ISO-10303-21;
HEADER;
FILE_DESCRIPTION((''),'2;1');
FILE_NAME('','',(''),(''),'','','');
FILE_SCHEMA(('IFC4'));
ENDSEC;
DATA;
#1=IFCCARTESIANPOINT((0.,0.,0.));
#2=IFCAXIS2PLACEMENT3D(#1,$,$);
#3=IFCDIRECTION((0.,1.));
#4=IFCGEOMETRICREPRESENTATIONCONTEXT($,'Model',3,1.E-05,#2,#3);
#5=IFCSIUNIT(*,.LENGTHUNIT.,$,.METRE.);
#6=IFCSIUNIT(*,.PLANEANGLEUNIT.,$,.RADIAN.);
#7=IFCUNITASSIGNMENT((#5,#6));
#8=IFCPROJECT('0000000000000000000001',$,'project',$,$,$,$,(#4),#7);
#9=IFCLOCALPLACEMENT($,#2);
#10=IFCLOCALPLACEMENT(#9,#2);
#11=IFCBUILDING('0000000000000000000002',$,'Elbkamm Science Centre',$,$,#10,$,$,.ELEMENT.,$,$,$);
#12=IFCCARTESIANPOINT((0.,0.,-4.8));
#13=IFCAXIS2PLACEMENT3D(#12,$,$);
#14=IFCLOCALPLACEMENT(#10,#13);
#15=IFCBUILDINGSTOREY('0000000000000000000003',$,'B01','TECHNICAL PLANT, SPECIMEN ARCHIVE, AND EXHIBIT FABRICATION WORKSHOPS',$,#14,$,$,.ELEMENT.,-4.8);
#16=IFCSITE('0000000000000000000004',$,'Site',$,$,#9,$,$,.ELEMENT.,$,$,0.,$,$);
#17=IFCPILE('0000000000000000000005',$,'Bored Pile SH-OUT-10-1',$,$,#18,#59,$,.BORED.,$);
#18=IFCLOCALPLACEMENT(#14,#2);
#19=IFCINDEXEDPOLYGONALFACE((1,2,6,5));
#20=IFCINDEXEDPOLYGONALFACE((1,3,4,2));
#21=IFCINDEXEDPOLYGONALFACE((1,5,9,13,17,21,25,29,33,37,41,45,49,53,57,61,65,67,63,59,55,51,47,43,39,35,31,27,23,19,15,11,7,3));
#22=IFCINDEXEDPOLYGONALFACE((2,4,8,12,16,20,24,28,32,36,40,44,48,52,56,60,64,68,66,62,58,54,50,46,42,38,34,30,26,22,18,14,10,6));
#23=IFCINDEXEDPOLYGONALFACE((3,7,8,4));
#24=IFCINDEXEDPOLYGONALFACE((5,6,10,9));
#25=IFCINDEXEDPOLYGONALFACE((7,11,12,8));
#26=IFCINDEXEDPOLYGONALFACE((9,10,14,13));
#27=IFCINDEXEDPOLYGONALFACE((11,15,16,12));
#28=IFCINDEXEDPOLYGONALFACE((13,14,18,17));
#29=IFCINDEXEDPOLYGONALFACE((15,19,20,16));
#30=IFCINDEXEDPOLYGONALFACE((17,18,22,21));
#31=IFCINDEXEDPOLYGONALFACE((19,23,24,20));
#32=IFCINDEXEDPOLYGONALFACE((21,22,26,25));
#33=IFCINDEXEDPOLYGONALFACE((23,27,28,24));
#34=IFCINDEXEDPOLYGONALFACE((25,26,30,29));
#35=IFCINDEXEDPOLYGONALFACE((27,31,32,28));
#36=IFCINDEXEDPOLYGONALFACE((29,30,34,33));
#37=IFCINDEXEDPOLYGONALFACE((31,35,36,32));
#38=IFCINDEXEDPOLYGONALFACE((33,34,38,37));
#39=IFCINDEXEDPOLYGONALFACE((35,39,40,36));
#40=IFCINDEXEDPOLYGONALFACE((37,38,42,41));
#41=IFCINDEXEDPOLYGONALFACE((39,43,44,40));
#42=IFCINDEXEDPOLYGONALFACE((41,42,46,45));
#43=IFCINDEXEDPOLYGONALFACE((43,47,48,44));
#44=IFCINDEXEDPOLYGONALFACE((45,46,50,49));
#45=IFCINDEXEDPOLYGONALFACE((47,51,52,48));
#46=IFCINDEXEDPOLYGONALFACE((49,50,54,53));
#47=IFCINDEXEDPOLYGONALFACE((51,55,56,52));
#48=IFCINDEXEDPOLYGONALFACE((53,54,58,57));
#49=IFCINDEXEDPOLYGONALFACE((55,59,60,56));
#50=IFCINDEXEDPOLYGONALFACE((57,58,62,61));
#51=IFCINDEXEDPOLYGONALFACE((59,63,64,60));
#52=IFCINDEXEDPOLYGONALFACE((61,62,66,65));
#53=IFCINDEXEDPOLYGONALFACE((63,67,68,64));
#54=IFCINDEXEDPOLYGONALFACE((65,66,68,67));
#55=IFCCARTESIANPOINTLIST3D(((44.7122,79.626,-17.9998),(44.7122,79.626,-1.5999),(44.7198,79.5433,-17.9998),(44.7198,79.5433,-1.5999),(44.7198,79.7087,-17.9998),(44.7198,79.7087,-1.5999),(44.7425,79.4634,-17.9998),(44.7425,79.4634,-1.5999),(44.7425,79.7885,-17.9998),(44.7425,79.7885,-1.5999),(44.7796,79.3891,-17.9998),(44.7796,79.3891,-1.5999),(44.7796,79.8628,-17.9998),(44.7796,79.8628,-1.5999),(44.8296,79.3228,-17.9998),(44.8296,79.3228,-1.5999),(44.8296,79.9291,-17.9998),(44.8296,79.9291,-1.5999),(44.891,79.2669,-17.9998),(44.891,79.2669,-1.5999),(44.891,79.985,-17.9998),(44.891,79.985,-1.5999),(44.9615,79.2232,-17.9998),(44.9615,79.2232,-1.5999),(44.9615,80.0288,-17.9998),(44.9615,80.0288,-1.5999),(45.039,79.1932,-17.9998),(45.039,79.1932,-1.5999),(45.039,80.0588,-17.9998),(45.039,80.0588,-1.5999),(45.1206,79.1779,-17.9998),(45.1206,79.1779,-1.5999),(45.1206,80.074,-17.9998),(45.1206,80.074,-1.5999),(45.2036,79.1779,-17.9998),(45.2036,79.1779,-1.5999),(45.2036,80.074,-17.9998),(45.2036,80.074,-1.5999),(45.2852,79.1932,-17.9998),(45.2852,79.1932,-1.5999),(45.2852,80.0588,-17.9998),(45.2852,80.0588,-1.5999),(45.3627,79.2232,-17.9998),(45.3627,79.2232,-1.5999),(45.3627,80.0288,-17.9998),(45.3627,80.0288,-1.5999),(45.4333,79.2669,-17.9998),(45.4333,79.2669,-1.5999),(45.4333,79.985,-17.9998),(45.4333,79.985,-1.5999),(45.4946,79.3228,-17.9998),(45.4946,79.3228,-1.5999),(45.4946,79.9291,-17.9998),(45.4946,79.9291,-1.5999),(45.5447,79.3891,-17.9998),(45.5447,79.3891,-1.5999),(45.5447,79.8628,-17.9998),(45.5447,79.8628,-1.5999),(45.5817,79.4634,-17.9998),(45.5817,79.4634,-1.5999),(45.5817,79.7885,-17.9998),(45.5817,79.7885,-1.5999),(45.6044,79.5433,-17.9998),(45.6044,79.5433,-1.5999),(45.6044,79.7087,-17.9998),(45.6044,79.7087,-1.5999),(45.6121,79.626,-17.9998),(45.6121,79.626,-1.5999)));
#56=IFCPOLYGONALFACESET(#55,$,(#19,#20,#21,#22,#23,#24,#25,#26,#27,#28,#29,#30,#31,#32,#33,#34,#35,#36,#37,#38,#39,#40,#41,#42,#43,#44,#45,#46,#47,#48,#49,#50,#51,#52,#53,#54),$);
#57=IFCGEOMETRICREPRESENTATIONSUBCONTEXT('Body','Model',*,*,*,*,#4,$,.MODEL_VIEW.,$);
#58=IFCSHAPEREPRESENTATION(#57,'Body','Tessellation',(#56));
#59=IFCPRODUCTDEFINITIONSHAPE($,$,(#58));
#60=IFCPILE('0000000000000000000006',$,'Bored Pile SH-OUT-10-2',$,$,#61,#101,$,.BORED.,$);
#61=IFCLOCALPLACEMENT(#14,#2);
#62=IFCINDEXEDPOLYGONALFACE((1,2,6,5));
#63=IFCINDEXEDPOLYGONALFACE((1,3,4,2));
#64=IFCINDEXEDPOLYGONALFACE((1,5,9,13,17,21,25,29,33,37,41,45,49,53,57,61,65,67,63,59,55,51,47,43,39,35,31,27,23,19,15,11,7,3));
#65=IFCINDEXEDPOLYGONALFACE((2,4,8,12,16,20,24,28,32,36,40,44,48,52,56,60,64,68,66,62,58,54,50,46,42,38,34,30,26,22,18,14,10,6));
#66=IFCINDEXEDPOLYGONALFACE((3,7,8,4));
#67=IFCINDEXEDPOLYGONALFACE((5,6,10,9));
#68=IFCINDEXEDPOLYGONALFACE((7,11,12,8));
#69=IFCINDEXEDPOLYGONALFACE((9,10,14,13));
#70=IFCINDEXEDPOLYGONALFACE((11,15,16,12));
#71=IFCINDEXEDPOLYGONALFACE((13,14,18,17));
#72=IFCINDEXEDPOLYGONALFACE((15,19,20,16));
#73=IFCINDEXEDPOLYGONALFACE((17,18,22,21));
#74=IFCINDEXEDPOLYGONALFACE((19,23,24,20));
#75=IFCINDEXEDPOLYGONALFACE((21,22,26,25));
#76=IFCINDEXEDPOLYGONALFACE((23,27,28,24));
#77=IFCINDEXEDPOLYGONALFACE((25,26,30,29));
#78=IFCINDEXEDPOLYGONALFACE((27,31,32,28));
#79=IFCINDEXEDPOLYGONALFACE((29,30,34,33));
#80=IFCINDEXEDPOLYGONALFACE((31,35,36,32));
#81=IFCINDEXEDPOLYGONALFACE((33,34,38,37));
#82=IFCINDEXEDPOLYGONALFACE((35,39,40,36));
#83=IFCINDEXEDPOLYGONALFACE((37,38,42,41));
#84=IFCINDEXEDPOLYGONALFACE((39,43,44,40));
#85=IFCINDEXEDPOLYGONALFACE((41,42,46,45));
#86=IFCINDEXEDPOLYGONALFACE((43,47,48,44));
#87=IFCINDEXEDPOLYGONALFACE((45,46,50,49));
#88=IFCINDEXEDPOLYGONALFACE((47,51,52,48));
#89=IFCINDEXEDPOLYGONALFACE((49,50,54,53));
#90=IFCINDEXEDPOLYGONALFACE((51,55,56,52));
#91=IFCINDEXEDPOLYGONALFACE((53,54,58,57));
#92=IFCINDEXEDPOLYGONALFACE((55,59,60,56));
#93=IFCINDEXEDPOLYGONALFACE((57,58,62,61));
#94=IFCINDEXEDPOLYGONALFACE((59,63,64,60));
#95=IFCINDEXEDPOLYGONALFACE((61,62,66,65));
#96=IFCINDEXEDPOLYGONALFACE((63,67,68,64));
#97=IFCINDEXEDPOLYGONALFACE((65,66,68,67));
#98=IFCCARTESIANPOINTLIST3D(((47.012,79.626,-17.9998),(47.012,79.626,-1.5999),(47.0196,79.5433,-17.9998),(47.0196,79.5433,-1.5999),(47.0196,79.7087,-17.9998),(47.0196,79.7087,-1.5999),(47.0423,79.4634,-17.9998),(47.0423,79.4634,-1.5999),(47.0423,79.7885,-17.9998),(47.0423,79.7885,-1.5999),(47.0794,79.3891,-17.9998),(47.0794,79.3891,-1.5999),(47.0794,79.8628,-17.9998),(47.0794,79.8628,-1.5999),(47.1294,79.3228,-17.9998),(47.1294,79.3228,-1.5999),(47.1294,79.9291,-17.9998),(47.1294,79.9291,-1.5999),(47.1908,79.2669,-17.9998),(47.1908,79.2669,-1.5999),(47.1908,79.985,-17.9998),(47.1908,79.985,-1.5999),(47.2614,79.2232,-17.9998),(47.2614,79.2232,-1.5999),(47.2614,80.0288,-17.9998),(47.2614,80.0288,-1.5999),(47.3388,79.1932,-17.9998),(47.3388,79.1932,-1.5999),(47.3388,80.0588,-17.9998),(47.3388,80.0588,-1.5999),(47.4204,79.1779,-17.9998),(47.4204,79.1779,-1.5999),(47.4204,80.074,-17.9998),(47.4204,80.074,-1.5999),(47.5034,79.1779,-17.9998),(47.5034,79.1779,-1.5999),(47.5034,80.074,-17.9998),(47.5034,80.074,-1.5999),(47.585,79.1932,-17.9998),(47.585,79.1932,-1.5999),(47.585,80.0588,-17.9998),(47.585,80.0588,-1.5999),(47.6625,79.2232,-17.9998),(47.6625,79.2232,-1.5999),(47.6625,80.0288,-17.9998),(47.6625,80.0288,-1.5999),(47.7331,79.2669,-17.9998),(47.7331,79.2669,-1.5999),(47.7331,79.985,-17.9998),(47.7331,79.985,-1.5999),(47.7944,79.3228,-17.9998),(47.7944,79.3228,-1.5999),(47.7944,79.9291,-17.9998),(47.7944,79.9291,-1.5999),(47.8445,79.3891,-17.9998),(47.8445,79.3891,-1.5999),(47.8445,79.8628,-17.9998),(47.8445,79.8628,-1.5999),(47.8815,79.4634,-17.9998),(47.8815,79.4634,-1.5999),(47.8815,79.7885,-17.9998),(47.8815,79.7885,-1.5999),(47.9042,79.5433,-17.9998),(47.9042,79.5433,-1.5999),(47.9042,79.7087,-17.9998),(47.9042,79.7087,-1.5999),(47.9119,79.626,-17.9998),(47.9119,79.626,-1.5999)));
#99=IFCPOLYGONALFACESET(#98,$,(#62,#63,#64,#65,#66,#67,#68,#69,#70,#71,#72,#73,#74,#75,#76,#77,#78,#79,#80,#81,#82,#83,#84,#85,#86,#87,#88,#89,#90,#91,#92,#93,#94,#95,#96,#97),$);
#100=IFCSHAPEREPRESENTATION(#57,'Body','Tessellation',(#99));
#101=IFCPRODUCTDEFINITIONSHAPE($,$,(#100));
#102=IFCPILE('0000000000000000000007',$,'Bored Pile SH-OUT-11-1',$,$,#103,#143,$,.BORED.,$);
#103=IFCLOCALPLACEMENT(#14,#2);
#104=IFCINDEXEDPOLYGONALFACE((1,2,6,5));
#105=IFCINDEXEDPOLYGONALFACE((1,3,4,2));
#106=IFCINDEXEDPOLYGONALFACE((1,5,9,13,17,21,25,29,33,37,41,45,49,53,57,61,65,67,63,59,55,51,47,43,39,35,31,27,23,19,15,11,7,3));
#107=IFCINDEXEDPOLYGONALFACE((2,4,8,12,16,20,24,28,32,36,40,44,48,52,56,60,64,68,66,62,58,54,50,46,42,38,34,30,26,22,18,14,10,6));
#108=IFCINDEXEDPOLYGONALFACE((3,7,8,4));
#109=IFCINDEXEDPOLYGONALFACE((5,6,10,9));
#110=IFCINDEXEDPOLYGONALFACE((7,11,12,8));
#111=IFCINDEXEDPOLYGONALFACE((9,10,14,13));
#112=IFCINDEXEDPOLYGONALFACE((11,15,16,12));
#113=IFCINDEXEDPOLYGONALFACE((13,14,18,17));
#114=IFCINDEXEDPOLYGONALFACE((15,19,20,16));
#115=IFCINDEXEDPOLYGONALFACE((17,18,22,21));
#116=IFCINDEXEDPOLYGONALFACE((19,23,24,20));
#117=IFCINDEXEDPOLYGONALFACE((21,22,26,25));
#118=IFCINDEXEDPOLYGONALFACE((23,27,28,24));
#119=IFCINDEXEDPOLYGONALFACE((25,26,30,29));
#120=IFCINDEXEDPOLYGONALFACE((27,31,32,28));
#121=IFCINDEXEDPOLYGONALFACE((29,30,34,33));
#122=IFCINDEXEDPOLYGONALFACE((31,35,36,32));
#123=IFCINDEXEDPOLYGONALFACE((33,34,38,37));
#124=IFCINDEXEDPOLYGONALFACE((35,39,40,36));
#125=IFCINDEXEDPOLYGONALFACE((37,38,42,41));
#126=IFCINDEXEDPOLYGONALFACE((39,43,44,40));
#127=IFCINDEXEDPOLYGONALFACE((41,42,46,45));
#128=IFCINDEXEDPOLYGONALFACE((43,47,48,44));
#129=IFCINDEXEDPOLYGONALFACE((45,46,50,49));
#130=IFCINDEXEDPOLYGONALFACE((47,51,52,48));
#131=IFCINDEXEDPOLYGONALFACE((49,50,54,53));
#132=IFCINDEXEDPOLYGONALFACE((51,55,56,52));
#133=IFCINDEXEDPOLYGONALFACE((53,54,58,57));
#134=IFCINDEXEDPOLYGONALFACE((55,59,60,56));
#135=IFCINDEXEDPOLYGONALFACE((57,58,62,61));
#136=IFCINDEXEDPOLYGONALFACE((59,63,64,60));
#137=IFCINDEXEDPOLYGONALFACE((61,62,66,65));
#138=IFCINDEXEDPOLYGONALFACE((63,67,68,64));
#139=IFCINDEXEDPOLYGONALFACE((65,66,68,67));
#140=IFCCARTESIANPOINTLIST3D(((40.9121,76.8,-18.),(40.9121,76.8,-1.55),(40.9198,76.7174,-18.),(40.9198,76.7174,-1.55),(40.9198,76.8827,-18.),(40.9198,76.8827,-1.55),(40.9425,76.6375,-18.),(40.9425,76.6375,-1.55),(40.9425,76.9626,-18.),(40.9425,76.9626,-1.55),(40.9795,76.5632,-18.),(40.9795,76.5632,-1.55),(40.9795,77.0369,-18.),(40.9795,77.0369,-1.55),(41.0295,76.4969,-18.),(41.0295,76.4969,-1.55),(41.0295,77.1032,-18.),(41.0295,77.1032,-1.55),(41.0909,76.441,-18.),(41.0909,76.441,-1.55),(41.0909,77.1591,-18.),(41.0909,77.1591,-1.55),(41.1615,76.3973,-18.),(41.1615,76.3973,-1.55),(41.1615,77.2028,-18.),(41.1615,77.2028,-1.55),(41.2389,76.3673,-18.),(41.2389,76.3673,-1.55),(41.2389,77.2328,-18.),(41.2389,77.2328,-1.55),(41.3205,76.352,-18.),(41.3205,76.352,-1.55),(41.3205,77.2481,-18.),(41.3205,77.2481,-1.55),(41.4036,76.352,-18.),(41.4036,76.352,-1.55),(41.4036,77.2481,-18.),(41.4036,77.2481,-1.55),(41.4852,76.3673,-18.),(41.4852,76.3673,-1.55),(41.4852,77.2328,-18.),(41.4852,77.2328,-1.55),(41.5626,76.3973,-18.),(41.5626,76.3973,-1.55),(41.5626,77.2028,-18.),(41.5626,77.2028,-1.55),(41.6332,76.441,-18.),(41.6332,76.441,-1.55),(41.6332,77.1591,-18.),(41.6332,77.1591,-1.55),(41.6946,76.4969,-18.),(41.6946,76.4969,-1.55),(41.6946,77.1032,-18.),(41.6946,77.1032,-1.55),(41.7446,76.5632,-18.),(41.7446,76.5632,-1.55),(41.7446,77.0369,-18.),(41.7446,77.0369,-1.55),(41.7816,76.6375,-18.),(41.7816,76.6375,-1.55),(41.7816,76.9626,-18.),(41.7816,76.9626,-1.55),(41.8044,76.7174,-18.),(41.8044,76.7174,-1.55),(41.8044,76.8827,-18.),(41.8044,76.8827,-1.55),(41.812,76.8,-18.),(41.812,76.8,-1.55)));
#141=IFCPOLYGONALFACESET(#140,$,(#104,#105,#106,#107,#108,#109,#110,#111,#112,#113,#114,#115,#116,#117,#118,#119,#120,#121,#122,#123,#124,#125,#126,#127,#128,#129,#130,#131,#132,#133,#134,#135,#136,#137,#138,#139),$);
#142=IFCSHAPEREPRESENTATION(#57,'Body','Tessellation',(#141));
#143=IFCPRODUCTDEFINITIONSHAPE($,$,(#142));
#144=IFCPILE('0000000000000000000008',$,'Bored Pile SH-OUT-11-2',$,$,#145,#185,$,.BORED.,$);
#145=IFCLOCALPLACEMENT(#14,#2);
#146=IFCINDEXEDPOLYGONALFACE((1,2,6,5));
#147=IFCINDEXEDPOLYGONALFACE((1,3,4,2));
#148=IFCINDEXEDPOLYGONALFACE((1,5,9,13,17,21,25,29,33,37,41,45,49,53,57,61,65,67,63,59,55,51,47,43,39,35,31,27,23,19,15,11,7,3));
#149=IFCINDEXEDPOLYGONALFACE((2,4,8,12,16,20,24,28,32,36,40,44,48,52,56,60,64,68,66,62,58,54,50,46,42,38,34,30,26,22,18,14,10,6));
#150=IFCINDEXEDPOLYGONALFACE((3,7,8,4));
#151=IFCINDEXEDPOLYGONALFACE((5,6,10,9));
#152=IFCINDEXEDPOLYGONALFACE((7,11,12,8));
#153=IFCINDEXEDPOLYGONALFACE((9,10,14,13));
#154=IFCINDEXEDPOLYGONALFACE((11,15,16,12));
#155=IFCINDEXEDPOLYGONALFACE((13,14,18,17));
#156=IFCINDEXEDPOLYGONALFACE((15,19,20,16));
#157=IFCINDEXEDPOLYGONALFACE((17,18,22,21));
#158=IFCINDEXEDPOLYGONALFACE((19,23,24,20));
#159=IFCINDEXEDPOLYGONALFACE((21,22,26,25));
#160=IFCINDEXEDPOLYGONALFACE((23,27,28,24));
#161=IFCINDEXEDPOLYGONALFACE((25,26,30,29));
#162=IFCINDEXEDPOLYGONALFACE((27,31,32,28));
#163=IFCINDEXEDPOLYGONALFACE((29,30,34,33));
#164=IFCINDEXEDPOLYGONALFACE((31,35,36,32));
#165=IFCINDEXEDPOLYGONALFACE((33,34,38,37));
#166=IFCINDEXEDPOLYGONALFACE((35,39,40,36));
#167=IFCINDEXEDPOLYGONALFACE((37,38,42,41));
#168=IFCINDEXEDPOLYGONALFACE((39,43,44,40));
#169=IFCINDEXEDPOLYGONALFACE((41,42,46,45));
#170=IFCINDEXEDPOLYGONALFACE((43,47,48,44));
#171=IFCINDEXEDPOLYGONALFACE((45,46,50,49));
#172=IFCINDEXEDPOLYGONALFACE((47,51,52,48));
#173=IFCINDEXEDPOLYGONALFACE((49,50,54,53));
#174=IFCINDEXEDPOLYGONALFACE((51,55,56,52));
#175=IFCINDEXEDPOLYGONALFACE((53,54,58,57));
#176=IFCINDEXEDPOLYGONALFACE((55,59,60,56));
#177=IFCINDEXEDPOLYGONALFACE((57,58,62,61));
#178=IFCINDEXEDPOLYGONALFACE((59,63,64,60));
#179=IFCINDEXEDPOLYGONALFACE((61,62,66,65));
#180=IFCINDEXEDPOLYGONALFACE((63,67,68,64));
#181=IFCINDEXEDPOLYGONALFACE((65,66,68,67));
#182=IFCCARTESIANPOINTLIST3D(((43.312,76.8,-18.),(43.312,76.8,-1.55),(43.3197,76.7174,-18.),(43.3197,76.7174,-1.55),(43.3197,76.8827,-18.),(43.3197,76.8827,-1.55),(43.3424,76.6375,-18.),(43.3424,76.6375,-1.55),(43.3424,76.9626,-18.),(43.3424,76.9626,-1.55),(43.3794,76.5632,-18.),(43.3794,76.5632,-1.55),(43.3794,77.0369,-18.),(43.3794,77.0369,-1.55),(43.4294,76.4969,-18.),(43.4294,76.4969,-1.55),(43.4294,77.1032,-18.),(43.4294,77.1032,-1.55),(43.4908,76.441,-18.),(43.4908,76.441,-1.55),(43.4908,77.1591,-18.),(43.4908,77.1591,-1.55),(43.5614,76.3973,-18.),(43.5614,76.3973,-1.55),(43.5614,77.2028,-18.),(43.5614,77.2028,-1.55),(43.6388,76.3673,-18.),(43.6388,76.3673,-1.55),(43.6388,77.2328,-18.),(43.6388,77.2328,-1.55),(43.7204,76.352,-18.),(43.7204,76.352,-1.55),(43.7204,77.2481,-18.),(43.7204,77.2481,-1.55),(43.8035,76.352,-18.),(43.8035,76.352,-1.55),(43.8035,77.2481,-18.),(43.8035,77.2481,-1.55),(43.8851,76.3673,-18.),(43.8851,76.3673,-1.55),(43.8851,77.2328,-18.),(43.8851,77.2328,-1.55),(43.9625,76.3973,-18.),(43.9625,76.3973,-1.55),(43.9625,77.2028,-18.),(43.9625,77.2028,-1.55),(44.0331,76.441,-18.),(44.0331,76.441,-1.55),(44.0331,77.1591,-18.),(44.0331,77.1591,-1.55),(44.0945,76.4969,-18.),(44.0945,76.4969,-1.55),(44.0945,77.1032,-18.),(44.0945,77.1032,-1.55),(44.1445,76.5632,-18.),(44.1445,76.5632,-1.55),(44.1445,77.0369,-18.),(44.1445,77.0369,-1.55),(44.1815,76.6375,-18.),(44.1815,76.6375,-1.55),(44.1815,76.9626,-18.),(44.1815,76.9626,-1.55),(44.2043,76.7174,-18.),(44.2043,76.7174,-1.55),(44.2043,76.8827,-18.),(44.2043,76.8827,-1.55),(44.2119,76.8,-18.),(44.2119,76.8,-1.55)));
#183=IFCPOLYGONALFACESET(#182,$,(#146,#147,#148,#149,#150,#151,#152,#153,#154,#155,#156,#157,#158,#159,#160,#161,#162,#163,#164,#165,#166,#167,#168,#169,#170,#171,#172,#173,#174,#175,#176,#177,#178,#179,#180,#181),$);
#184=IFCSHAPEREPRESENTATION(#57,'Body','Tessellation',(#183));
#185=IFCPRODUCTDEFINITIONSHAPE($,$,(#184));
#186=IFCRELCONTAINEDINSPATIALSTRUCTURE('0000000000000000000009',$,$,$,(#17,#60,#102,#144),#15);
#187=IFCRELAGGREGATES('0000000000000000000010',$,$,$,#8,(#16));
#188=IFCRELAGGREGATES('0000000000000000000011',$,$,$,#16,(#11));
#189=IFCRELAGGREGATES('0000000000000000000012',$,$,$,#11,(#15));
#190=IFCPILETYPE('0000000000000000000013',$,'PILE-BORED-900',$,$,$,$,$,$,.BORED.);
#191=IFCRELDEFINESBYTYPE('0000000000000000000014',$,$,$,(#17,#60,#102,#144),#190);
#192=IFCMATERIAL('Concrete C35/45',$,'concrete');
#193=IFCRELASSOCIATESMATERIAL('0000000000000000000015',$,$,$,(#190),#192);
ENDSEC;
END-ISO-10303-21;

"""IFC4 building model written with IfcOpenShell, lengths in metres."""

from ifc_helpers import new_model, si_unit, direction, frame, origin, origin_2d, place, context, subcontext, project, spatial, circle, extrude, material, material_profile, profile_set, type_object, element, save


model = new_model("IFC4")

# Units and contexts
model_context = context("Model", 3, precision=1e-05, world=origin(), true_north=direction((0.0, 1.0)))
body_context = subcontext(model_context, "Body", "Model", "MODEL_VIEW")
ifc_project = project(units=[si_unit("LENGTHUNIT", "METRE"), si_unit("PLANEANGLEUNIT", "RADIAN")], contexts=[model_context])

# Site, building, storey
site_placement = place(None, origin())
site = spatial("IfcSite", under=ifc_project, at=site_placement, Name="Site", CompositionType="ELEMENT", RefElevation=0.0)
building_placement = place(site_placement, origin())
building = spatial("IfcBuilding", under=site, at=building_placement, Name="Elbkamm Science Centre", CompositionType="ELEMENT")
storey_placement = place(building_placement, frame((0.0, 0.0, -4.8)))
storey = spatial("IfcBuildingStorey", under=building, at=storey_placement, Name="B01", Description="TECHNICAL PLANT, SPECIMEN ARCHIVE, AND EXHIBIT FABRICATION WORKSHOPS", CompositionType="ELEMENT", Elevation=-4.8)

# Shared definitions
ifc_material_1 = material(Name="Concrete C35/45", Category="concrete")

# Piles
ifc_material_profile_1 = material_profile(ifc_material_1, circle(Radius=0.45, at=origin_2d()), Name="PILE D900")
ifc_profile_set_1 = profile_set([ifc_material_profile_1], Name="Concrete C35/45")
pile_type_1 = type_object("IfcPileType", Name="PILE-BORED-900", PredefinedType="BORED", material=ifc_profile_set_1)
for number, where, z_axis, x_axis, name in (
    (1, (45.1621, 79.626, -1.5999), (0.0, 0.0, -1.0), (1.0, 0.0, 0.0), "Bored Pile SH-OUT-10-1"),
    (2, (47.4619, 79.626, -1.5999), (0.0, 0.0, -1.0), (1.0, 0.0, 0.0), "Bored Pile SH-OUT-10-2"),
):
    element("IfcPile", number, at=place(storey_placement, frame(where, z_axis=z_axis, x_axis=x_axis)), inside=storey, type_object=pile_type_1, Name=name, PredefinedType="BORED", context=body_context, shape_type="SweptSolid", body=[
        extrude(circle(Radius=0.45, at=origin_2d()), origin(), (0.0, 0.0, 1.0), 16.3999),
    ])
for number, where, z_axis, x_axis, name in (
    (3, (41.3621, 76.8, -1.55), (0.0, 0.0, -1.0), (1.0, 0.0, 0.0), "Bored Pile SH-OUT-11-1"),
    (4, (43.762, 76.8, -1.55), (0.0, 0.0, -1.0), (1.0, 0.0, 0.0), "Bored Pile SH-OUT-11-2"),
):
    element("IfcPile", number, at=place(storey_placement, frame(where, z_axis=z_axis, x_axis=x_axis)), inside=storey, type_object=pile_type_1, Name=name, PredefinedType="BORED", context=body_context, shape_type="SweptSolid", body=[
        extrude(circle(Radius=0.45, at=origin_2d()), origin(), (0.0, 0.0, 1.0), 16.45),
    ])

save(model, "model.ifc")
